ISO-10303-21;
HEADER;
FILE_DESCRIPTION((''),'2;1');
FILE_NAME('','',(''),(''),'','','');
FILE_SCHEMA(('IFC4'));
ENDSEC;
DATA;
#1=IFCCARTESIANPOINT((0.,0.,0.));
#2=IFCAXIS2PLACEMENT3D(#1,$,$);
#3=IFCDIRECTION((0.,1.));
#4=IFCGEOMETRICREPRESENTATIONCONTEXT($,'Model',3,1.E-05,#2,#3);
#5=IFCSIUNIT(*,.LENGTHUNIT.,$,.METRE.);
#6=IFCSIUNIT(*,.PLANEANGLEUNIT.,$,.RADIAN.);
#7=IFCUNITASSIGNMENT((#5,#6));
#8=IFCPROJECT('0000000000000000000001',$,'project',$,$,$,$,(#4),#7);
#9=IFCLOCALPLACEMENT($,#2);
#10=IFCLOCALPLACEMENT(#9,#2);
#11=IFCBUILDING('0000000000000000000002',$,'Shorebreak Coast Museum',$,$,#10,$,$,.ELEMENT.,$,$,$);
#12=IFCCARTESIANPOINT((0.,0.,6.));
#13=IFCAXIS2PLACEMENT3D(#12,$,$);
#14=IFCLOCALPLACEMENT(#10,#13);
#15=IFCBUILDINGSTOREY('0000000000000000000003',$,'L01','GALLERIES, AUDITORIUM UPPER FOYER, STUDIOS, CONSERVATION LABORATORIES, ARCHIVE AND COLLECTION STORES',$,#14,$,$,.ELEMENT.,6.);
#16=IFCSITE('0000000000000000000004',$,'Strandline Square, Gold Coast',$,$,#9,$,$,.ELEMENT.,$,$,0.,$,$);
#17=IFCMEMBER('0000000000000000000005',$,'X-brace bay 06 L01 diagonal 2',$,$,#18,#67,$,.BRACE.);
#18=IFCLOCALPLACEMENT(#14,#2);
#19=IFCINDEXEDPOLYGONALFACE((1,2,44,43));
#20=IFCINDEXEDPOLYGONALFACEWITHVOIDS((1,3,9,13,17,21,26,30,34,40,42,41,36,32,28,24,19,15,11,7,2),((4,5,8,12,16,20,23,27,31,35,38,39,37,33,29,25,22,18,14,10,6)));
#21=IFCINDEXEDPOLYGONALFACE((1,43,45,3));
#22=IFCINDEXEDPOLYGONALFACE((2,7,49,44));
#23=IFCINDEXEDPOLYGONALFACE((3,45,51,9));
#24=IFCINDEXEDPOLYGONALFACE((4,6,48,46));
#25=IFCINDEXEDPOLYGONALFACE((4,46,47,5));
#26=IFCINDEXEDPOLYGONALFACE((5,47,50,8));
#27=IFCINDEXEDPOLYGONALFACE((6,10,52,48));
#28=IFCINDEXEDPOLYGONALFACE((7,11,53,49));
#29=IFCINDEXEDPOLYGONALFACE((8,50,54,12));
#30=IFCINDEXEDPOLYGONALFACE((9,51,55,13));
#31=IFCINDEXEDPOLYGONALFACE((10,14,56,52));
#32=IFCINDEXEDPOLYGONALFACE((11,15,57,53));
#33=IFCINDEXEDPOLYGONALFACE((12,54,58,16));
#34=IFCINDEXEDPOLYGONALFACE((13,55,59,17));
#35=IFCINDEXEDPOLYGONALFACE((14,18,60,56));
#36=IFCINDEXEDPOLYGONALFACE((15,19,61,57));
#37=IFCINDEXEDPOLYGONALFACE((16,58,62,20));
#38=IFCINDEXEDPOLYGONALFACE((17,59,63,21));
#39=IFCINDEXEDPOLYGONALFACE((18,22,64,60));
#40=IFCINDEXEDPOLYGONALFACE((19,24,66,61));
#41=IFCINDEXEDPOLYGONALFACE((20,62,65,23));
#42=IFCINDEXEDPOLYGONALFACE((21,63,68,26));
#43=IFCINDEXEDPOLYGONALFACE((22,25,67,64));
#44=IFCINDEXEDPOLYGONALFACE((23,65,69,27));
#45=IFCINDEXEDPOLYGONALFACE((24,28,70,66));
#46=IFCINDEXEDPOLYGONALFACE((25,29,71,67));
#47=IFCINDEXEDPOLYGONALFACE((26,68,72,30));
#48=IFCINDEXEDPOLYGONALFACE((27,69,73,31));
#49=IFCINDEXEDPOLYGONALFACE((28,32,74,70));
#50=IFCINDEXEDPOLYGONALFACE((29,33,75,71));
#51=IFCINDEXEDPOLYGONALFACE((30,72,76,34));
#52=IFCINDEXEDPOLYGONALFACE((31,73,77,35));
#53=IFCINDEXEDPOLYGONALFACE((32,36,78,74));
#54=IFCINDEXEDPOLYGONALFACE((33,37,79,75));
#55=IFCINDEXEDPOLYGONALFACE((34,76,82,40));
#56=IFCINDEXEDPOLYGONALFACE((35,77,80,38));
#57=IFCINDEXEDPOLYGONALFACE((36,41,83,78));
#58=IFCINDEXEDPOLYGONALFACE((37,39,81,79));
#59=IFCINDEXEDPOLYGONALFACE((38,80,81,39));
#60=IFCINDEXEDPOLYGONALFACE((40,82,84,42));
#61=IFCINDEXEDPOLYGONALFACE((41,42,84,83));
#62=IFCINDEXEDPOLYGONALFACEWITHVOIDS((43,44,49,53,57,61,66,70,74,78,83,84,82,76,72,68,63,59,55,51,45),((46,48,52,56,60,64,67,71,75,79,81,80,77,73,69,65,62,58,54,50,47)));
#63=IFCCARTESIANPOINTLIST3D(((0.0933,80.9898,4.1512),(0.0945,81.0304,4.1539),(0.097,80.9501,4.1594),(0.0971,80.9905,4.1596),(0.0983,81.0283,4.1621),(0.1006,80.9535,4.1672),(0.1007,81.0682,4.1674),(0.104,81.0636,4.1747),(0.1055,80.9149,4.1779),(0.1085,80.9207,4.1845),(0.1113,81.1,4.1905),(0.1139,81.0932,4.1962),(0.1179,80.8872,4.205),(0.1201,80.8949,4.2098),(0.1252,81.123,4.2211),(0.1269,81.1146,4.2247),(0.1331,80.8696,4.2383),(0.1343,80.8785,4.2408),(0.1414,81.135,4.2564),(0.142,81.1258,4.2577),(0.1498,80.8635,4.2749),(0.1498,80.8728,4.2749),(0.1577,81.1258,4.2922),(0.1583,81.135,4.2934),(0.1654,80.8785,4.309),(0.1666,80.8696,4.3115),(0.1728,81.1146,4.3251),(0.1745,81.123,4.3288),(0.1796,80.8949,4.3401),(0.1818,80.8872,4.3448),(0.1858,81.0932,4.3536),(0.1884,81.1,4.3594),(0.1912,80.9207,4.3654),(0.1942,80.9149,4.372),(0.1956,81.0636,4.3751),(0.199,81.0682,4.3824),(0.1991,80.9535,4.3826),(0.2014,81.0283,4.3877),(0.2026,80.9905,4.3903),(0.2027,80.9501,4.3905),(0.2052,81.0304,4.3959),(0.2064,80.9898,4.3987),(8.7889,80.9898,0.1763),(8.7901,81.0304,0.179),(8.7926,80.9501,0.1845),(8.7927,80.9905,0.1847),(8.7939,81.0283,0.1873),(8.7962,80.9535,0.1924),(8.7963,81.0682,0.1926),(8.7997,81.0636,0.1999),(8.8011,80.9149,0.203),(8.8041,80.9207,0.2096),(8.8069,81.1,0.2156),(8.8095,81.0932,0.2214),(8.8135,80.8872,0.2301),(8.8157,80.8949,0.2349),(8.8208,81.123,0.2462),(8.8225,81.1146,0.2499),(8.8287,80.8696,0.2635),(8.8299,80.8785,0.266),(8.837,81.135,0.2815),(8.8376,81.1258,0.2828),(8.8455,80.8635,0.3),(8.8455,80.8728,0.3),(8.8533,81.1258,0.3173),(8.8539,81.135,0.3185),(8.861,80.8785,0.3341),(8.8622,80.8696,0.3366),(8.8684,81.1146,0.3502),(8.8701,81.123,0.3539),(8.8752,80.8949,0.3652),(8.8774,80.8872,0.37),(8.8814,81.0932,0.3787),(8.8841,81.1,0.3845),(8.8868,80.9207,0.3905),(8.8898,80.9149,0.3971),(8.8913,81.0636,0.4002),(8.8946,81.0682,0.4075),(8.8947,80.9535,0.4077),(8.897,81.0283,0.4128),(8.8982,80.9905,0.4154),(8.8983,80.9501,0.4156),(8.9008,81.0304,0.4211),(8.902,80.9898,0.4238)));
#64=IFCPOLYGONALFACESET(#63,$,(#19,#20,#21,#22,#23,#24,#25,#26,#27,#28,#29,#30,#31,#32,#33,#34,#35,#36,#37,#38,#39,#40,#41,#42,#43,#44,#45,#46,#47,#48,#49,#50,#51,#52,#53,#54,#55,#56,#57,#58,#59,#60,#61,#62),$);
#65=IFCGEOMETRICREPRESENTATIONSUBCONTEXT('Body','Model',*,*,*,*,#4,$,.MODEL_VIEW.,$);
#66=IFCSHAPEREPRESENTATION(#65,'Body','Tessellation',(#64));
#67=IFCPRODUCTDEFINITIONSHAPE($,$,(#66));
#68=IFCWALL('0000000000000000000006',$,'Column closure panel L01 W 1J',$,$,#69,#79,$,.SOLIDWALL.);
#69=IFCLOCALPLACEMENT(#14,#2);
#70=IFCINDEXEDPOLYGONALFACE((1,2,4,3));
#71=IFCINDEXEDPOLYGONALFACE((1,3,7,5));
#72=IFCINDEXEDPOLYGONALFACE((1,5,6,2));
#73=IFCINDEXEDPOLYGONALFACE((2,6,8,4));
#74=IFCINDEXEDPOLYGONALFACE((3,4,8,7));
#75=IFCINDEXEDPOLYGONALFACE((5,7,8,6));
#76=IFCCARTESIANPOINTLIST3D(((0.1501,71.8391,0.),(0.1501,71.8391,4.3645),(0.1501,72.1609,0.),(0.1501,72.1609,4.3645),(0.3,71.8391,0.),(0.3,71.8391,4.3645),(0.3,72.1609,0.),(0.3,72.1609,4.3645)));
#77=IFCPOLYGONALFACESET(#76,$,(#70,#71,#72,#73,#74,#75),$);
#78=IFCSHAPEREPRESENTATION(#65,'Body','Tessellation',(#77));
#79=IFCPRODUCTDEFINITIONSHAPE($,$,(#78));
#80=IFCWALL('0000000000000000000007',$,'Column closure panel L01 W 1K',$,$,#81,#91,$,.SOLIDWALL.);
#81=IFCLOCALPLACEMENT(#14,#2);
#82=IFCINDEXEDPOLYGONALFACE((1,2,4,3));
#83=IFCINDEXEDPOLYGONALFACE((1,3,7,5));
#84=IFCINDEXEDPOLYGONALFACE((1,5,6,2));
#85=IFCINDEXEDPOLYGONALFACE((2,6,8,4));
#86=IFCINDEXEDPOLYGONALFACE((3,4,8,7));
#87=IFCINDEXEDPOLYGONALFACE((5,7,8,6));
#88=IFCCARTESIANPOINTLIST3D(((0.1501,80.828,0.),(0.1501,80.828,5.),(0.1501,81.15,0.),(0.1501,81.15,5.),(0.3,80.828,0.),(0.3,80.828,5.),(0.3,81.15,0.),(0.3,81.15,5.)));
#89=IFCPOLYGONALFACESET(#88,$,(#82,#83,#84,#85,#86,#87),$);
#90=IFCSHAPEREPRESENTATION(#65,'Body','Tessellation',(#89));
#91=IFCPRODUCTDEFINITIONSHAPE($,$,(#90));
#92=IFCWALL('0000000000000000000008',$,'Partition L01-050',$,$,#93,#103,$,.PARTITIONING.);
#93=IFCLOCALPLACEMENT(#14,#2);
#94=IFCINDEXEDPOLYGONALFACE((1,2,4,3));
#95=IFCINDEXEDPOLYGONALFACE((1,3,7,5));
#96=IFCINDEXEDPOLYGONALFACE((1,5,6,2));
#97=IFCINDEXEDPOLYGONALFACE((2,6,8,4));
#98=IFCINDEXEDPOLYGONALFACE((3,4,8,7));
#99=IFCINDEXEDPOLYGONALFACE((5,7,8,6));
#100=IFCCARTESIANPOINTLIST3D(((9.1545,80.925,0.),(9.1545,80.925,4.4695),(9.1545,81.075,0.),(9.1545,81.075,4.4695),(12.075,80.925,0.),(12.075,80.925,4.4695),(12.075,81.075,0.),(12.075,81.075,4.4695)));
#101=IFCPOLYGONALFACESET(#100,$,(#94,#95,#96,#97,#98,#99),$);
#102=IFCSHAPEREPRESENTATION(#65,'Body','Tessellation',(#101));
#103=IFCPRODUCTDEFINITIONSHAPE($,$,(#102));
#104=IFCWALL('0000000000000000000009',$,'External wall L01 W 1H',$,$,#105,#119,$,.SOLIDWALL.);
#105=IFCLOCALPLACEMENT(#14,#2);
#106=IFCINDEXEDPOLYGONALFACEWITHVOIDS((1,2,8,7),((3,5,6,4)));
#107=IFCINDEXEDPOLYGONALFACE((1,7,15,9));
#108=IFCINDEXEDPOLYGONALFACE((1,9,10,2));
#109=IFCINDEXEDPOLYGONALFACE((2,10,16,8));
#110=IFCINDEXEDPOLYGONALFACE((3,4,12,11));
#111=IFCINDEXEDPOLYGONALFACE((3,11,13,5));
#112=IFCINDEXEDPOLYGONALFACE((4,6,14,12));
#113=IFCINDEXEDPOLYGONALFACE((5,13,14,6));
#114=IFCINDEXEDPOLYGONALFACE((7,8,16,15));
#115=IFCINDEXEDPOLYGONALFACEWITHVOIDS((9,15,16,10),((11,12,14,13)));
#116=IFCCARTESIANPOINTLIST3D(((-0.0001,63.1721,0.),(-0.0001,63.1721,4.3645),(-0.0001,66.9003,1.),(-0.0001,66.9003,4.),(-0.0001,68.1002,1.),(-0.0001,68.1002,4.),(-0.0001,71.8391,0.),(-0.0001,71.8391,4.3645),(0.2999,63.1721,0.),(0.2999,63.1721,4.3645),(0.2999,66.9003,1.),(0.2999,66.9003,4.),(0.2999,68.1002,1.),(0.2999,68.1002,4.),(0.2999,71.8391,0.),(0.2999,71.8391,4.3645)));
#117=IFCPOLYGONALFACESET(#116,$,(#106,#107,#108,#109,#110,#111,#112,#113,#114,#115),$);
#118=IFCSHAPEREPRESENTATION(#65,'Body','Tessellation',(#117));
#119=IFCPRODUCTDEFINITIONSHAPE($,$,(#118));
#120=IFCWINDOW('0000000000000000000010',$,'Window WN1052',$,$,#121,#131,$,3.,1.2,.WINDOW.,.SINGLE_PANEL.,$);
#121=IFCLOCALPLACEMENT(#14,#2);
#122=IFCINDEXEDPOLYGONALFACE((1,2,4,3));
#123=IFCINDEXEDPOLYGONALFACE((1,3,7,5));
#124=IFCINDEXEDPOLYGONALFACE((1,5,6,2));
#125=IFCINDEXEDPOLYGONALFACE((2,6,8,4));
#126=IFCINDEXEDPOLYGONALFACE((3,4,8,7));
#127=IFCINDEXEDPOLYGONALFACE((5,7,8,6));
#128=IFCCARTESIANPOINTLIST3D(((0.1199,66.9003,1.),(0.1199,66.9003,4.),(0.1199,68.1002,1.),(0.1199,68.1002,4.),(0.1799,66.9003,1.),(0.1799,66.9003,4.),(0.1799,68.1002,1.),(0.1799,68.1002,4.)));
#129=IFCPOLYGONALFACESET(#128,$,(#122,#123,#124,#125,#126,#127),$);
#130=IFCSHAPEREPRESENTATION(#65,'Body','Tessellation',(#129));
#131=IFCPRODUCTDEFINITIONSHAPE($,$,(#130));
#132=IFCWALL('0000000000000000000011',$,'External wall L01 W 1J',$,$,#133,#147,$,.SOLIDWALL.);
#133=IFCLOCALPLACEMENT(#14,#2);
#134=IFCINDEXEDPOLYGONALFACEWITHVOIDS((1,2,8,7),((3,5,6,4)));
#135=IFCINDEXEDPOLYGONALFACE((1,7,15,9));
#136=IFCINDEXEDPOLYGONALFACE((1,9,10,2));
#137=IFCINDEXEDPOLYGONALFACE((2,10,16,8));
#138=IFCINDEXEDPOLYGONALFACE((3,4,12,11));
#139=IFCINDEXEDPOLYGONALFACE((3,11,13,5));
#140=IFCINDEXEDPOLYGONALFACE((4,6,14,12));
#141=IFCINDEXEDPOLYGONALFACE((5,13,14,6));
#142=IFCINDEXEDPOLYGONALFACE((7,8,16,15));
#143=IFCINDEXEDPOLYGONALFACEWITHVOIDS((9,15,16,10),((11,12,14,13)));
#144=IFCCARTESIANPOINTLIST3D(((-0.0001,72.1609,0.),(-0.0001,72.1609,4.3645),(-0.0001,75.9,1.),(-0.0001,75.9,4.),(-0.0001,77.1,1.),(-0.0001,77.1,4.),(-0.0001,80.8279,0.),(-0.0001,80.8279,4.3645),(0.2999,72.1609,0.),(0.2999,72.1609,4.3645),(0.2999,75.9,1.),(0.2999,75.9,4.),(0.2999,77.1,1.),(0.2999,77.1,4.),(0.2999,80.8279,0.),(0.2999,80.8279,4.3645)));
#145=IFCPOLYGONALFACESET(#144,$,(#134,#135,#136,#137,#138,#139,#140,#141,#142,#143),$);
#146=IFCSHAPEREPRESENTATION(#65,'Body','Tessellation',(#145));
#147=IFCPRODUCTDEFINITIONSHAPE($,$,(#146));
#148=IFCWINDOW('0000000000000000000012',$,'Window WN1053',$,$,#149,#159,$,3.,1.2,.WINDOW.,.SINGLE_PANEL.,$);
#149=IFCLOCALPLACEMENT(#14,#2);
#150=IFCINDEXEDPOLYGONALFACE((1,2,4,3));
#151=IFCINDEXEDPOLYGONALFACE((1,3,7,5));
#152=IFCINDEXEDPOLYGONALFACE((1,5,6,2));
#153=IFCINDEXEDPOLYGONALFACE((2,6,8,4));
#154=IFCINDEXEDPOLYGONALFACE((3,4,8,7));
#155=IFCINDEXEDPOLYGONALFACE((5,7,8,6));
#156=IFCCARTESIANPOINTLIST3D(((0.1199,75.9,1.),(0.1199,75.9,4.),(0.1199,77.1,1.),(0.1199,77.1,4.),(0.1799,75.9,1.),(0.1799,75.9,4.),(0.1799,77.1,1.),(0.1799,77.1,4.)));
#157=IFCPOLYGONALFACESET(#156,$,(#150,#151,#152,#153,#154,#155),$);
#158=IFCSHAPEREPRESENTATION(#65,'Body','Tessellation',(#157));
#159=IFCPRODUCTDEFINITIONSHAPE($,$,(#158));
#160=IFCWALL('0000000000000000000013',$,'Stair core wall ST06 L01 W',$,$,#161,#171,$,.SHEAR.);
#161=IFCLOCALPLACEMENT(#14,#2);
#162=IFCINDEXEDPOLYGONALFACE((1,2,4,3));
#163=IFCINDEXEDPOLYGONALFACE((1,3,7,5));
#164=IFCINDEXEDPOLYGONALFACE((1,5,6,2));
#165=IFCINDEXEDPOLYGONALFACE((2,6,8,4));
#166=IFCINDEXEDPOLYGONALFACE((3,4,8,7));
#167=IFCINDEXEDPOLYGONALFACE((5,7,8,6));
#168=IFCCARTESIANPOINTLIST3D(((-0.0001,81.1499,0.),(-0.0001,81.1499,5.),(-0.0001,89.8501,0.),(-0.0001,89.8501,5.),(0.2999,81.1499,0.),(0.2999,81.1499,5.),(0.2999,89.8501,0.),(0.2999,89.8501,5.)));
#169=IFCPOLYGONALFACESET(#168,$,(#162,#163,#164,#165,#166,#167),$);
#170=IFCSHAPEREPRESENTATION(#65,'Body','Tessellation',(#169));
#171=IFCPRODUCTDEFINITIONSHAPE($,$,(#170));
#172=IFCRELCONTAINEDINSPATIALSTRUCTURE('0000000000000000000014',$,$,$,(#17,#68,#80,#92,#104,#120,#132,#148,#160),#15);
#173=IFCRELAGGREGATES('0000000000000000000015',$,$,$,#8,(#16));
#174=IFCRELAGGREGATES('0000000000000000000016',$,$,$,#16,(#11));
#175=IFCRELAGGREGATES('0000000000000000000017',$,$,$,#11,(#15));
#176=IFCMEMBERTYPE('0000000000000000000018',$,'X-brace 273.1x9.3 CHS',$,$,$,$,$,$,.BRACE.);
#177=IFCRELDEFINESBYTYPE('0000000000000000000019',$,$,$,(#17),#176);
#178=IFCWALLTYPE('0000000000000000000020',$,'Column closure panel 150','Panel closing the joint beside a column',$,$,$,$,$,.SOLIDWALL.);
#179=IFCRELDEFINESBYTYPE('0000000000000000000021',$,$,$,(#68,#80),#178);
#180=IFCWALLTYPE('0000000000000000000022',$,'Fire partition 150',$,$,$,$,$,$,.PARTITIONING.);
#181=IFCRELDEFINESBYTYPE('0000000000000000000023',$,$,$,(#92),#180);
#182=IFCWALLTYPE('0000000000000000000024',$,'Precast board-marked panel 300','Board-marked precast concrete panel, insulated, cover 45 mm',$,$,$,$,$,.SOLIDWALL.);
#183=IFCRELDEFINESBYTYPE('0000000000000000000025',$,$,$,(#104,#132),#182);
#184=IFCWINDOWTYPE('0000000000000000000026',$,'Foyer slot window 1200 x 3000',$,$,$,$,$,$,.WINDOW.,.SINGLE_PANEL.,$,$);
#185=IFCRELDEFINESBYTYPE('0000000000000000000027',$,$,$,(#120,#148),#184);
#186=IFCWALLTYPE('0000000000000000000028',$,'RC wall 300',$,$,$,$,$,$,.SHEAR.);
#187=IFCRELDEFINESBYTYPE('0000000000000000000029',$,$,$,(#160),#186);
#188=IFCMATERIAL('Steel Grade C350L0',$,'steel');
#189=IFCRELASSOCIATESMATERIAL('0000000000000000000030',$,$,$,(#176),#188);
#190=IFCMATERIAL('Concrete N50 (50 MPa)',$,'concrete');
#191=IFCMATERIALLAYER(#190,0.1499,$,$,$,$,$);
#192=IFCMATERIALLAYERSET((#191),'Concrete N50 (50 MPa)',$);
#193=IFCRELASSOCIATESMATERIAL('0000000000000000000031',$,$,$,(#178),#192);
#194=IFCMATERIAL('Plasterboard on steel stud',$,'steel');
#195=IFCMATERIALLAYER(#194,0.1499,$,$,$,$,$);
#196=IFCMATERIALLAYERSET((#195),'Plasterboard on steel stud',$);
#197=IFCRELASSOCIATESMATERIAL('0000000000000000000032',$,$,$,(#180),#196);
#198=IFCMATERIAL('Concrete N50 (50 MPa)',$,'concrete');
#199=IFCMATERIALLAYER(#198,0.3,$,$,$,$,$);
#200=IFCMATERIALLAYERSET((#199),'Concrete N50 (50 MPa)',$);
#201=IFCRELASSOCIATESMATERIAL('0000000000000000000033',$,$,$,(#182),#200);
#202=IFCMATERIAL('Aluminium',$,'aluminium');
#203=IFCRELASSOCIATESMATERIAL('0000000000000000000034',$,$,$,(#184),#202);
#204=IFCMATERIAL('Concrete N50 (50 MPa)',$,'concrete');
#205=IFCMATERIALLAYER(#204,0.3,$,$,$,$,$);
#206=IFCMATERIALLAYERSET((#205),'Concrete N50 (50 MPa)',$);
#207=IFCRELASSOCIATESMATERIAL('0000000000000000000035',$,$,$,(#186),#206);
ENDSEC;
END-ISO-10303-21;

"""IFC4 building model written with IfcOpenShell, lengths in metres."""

from ifc_helpers import new_model, si_unit, direction, frame, frame_2d, origin, origin_2d, place, context, subcontext, project, spatial, rectangle, hollow_circle, extrude, material, layer, layer_set, material_profile, profile_set, type_object, element, fill, save


model = new_model("IFC4")

# Units and contexts
model_context = context("Model", 3, precision=1e-05, world=origin(), true_north=direction((0.0, 1.0)))
body_context = subcontext(model_context, "Body", "Model", "MODEL_VIEW")
ifc_project = project(units=[si_unit("LENGTHUNIT", "METRE"), si_unit("PLANEANGLEUNIT", "RADIAN")], contexts=[model_context])

# Site, building, storey
site_placement = place(None, origin())
site = spatial("IfcSite", under=ifc_project, at=site_placement, Name="Strandline Square, Gold Coast", CompositionType="ELEMENT", RefElevation=0.0)
building_placement = place(site_placement, origin())
building = spatial("IfcBuilding", under=site, at=building_placement, Name="Shorebreak Coast Museum", CompositionType="ELEMENT")
storey_placement = place(building_placement, frame((0.0, 0.0, 6.0)))
storey = spatial("IfcBuildingStorey", under=building, at=storey_placement, Name="L01", Description="GALLERIES, AUDITORIUM UPPER FOYER, STUDIOS, CONSERVATION LABORATORIES, ARCHIVE AND COLLECTION STORES", CompositionType="ELEMENT", Elevation=6.0)

# Member
ifc_material_1 = material(Name="Steel Grade C350L0", Category="steel")
ifc_material_profile_1 = material_profile(ifc_material_1, hollow_circle(Radius=0.1365, WallThickness=0.0093, at=origin_2d()), Name="273.1x9.3 CHS")
ifc_profile_set_1 = profile_set([ifc_material_profile_1], Name="Steel Grade C350L0")
member_type = type_object("IfcMemberType", Name="X-brace 273.1x9.3 CHS", PredefinedType="BRACE", material=ifc_profile_set_1)
for number, where, z_axis, x_axis, name in (
    (1, (8.8455, 81.0, 0.3), (-0.909485, 0.0, 0.415737), (0.0, -1.0, 0.0), "X-brace bay 06 L01 diagonal 2"),
):
    element("IfcMember", number, at=place(storey_placement, frame(where, z_axis=z_axis, x_axis=x_axis)), inside=storey, type_object=member_type, Name=name, PredefinedType="BRACE", context=body_context, shape_type="SweptSolid", body=[
        extrude(hollow_circle(Radius=0.1365, WallThickness=0.0093, at=origin_2d()), origin(), (0.0, 0.0, 1.0), 9.561),
    ])

# Walls
ifc_material_2 = material(Name="Concrete N50 (50 MPa)", Category="concrete")
ifc_layer_1 = layer(ifc_material_2, 0.1499)
ifc_layer_set_1 = layer_set([ifc_layer_1], Name="Concrete N50 (50 MPa)")
wall_type_1 = type_object("IfcWallType", Name="Column closure panel 150", Description="Panel closing the joint beside a column", PredefinedType="SOLIDWALL", material=ifc_layer_set_1)
wall_1_placement = place(storey_placement, frame((0.2251, 71.8391, 0.0), z_axis=(0.0, 0.0, 1.0), x_axis=(0.0, 1.0, 0.0)))
element("IfcWall", 2, at=wall_1_placement, inside=storey, type_object=wall_type_1, Name="Column closure panel L01 W 1J", PredefinedType="SOLIDWALL", context=body_context, shape_type="SweptSolid", body=[
    extrude(rectangle(XDim=0.3218, YDim=0.1499, at=frame_2d((0.1609, 0.0))), origin(), (0.0, 0.0, 1.0), 4.3645),
])
wall_2_placement = place(storey_placement, frame((0.2251, 80.8279, 0.0), z_axis=(0.0, 0.0, 1.0), x_axis=(0.0, 1.0, 0.0)))
element("IfcWall", 3, at=wall_2_placement, inside=storey, type_object=wall_type_1, Name="Column closure panel L01 W 1K", PredefinedType="SOLIDWALL", context=body_context, shape_type="SweptSolid", body=[
    extrude(rectangle(XDim=0.322, YDim=0.1499, at=frame_2d((0.1611, 0.0))), origin(), (0.0, 0.0, 1.0), 5.0),
])
ifc_material_3 = material(Name="Plasterboard on steel stud", Category="steel")
ifc_layer_2 = layer(ifc_material_3, 0.1499)
ifc_layer_set_2 = layer_set([ifc_layer_2], Name="Plasterboard on steel stud")
wall_type_2 = type_object("IfcWallType", Name="Fire partition 150", PredefinedType="PARTITIONING", material=ifc_layer_set_2)
wall_3_placement = place(storey_placement, frame((9.1545, 81.0, 0.0), z_axis=(0.0, 0.0, 1.0), x_axis=(1.0, 0.0, 0.0)))
element("IfcWall", 4, at=wall_3_placement, inside=storey, type_object=wall_type_2, Name="Partition L01-050", PredefinedType="PARTITIONING", context=body_context, shape_type="SweptSolid", body=[
    extrude(rectangle(XDim=2.9204, YDim=0.1499, at=frame_2d((1.4602, 0.0))), origin(), (0.0, 0.0, 1.0), 4.4695),
])

# Walls, openings, windows
ifc_material_4 = material(Name="Concrete N50 (50 MPa)", Category="concrete")
ifc_layer_3 = layer(ifc_material_4, 0.3)
ifc_layer_set_3 = layer_set([ifc_layer_3], Name="Concrete N50 (50 MPa)")
wall_type_3 = type_object("IfcWallType", Name="Precast board-marked panel 300", Description="Board-marked precast concrete panel, insulated, cover 45 mm", PredefinedType="SOLIDWALL", material=ifc_layer_set_3)
wall_4_placement = place(storey_placement, frame((0.1499, 63.1721, 0.0), z_axis=(0.0, 0.0, 1.0), x_axis=(0.0, 1.0, 0.0)))
wall_4 = element("IfcWall", 5, at=wall_4_placement, inside=storey, type_object=wall_type_3, Name="External wall L01 W 1H", PredefinedType="SOLIDWALL", context=body_context, shape_type="SweptSolid", body=[
    extrude(rectangle(XDim=8.667, YDim=0.3, at=frame_2d((4.3335, 0.0))), origin(), (0.0, 0.0, 1.0), 4.3645),
])
opening_1_placement = place(wall_4_placement, frame((3.728, 0.0, 1.0)))
opening_1 = element("IfcOpeningElement", 6, at=opening_1_placement, cuts=wall_4, PredefinedType="OPENING", context=body_context, shape_type="SweptSolid", body=[
    extrude(rectangle(XDim=1.2, YDim=3.0, at=frame_2d((0.6001, 1.5))), frame((0.0, 0.1599, 0.0), z_axis=(0.0, -1.0, 0.0), x_axis=(1.0, 0.0, 0.0)), (0.0, 0.0, 1.0), 0.3201),
])
ifc_material_5 = material(Name="Aluminium", Category="aluminium")
window_type = type_object("IfcWindowType", Name="Foyer slot window 1200 x 3000", PartitioningType="SINGLE_PANEL", PredefinedType="WINDOW", material=ifc_material_5)
window_1_placement = place(opening_1_placement, origin())
window_1 = element("IfcWindow", 7, at=window_1_placement, inside=storey, type_object=window_type, Name="Window WN1052", OverallHeight=3.0, OverallWidth=1.2, PartitioningType="SINGLE_PANEL", PredefinedType="WINDOW", context=body_context, shape_type="SweptSolid", body=[
    extrude(rectangle(XDim=1.2, YDim=3.0, at=frame_2d((0.6001, 1.5))), frame((0.0, 0.03, 0.0), z_axis=(0.0, -1.0, 0.0), x_axis=(1.0, 0.0, 0.0)), (0.0, 0.0, 1.0), 0.0601),
])
fill(opening_1, window_1)
wall_5_placement = place(storey_placement, frame((0.1499, 72.1609, 0.0), z_axis=(0.0, 0.0, 1.0), x_axis=(0.0, 1.0, 0.0)))
wall_5 = element("IfcWall", 8, at=wall_5_placement, inside=storey, type_object=wall_type_3, Name="External wall L01 W 1J", PredefinedType="SOLIDWALL", context=body_context, shape_type="SweptSolid", body=[
    extrude(rectangle(XDim=8.667, YDim=0.3, at=frame_2d((4.3335, 0.0))), origin(), (0.0, 0.0, 1.0), 4.3645),
])
opening_2_placement = place(wall_5_placement, frame((3.739, 0.0, 1.0)))
opening_2 = element("IfcOpeningElement", 9, at=opening_2_placement, cuts=wall_5, PredefinedType="OPENING", context=body_context, shape_type="SweptSolid", body=[
    extrude(rectangle(XDim=1.2, YDim=3.0, at=frame_2d((0.6001, 1.5))), frame((0.0, 0.1599, 0.0), z_axis=(0.0, -1.0, 0.0), x_axis=(1.0, 0.0, 0.0)), (0.0, 0.0, 1.0), 0.3201),
])
window_2_placement = place(opening_2_placement, origin())
window_2 = element("IfcWindow", 10, at=window_2_placement, inside=storey, type_object=window_type, Name="Window WN1053", OverallHeight=3.0, OverallWidth=1.2, PartitioningType="SINGLE_PANEL", PredefinedType="WINDOW", context=body_context, shape_type="SweptSolid", body=[
    extrude(rectangle(XDim=1.2, YDim=3.0, at=frame_2d((0.6001, 1.5))), frame((0.0, 0.03, 0.0), z_axis=(0.0, -1.0, 0.0), x_axis=(1.0, 0.0, 0.0)), (0.0, 0.0, 1.0), 0.0601),
])
fill(opening_2, window_2)

# Wall
ifc_material_6 = material(Name="Concrete N50 (50 MPa)", Category="concrete")
ifc_layer_4 = layer(ifc_material_6, 0.3)
ifc_layer_set_4 = layer_set([ifc_layer_4], Name="Concrete N50 (50 MPa)")
wall_type_4 = type_object("IfcWallType", Name="RC wall 300", PredefinedType="SHEAR", material=ifc_layer_set_4)
wall_6_placement = place(storey_placement, frame((0.1499, 81.1499, 0.0), z_axis=(0.0, 0.0, 1.0), x_axis=(0.0, 1.0, 0.0)))
element("IfcWall", 11, at=wall_6_placement, inside=storey, type_object=wall_type_4, Name="Stair core wall ST06 L01 W", PredefinedType="SHEAR", context=body_context, shape_type="SweptSolid", body=[
    extrude(rectangle(XDim=8.7002, YDim=0.3, at=frame_2d((4.3501, 0.0))), origin(), (0.0, 0.0, 1.0), 5.0),
])

save(model, "model.ifc")
